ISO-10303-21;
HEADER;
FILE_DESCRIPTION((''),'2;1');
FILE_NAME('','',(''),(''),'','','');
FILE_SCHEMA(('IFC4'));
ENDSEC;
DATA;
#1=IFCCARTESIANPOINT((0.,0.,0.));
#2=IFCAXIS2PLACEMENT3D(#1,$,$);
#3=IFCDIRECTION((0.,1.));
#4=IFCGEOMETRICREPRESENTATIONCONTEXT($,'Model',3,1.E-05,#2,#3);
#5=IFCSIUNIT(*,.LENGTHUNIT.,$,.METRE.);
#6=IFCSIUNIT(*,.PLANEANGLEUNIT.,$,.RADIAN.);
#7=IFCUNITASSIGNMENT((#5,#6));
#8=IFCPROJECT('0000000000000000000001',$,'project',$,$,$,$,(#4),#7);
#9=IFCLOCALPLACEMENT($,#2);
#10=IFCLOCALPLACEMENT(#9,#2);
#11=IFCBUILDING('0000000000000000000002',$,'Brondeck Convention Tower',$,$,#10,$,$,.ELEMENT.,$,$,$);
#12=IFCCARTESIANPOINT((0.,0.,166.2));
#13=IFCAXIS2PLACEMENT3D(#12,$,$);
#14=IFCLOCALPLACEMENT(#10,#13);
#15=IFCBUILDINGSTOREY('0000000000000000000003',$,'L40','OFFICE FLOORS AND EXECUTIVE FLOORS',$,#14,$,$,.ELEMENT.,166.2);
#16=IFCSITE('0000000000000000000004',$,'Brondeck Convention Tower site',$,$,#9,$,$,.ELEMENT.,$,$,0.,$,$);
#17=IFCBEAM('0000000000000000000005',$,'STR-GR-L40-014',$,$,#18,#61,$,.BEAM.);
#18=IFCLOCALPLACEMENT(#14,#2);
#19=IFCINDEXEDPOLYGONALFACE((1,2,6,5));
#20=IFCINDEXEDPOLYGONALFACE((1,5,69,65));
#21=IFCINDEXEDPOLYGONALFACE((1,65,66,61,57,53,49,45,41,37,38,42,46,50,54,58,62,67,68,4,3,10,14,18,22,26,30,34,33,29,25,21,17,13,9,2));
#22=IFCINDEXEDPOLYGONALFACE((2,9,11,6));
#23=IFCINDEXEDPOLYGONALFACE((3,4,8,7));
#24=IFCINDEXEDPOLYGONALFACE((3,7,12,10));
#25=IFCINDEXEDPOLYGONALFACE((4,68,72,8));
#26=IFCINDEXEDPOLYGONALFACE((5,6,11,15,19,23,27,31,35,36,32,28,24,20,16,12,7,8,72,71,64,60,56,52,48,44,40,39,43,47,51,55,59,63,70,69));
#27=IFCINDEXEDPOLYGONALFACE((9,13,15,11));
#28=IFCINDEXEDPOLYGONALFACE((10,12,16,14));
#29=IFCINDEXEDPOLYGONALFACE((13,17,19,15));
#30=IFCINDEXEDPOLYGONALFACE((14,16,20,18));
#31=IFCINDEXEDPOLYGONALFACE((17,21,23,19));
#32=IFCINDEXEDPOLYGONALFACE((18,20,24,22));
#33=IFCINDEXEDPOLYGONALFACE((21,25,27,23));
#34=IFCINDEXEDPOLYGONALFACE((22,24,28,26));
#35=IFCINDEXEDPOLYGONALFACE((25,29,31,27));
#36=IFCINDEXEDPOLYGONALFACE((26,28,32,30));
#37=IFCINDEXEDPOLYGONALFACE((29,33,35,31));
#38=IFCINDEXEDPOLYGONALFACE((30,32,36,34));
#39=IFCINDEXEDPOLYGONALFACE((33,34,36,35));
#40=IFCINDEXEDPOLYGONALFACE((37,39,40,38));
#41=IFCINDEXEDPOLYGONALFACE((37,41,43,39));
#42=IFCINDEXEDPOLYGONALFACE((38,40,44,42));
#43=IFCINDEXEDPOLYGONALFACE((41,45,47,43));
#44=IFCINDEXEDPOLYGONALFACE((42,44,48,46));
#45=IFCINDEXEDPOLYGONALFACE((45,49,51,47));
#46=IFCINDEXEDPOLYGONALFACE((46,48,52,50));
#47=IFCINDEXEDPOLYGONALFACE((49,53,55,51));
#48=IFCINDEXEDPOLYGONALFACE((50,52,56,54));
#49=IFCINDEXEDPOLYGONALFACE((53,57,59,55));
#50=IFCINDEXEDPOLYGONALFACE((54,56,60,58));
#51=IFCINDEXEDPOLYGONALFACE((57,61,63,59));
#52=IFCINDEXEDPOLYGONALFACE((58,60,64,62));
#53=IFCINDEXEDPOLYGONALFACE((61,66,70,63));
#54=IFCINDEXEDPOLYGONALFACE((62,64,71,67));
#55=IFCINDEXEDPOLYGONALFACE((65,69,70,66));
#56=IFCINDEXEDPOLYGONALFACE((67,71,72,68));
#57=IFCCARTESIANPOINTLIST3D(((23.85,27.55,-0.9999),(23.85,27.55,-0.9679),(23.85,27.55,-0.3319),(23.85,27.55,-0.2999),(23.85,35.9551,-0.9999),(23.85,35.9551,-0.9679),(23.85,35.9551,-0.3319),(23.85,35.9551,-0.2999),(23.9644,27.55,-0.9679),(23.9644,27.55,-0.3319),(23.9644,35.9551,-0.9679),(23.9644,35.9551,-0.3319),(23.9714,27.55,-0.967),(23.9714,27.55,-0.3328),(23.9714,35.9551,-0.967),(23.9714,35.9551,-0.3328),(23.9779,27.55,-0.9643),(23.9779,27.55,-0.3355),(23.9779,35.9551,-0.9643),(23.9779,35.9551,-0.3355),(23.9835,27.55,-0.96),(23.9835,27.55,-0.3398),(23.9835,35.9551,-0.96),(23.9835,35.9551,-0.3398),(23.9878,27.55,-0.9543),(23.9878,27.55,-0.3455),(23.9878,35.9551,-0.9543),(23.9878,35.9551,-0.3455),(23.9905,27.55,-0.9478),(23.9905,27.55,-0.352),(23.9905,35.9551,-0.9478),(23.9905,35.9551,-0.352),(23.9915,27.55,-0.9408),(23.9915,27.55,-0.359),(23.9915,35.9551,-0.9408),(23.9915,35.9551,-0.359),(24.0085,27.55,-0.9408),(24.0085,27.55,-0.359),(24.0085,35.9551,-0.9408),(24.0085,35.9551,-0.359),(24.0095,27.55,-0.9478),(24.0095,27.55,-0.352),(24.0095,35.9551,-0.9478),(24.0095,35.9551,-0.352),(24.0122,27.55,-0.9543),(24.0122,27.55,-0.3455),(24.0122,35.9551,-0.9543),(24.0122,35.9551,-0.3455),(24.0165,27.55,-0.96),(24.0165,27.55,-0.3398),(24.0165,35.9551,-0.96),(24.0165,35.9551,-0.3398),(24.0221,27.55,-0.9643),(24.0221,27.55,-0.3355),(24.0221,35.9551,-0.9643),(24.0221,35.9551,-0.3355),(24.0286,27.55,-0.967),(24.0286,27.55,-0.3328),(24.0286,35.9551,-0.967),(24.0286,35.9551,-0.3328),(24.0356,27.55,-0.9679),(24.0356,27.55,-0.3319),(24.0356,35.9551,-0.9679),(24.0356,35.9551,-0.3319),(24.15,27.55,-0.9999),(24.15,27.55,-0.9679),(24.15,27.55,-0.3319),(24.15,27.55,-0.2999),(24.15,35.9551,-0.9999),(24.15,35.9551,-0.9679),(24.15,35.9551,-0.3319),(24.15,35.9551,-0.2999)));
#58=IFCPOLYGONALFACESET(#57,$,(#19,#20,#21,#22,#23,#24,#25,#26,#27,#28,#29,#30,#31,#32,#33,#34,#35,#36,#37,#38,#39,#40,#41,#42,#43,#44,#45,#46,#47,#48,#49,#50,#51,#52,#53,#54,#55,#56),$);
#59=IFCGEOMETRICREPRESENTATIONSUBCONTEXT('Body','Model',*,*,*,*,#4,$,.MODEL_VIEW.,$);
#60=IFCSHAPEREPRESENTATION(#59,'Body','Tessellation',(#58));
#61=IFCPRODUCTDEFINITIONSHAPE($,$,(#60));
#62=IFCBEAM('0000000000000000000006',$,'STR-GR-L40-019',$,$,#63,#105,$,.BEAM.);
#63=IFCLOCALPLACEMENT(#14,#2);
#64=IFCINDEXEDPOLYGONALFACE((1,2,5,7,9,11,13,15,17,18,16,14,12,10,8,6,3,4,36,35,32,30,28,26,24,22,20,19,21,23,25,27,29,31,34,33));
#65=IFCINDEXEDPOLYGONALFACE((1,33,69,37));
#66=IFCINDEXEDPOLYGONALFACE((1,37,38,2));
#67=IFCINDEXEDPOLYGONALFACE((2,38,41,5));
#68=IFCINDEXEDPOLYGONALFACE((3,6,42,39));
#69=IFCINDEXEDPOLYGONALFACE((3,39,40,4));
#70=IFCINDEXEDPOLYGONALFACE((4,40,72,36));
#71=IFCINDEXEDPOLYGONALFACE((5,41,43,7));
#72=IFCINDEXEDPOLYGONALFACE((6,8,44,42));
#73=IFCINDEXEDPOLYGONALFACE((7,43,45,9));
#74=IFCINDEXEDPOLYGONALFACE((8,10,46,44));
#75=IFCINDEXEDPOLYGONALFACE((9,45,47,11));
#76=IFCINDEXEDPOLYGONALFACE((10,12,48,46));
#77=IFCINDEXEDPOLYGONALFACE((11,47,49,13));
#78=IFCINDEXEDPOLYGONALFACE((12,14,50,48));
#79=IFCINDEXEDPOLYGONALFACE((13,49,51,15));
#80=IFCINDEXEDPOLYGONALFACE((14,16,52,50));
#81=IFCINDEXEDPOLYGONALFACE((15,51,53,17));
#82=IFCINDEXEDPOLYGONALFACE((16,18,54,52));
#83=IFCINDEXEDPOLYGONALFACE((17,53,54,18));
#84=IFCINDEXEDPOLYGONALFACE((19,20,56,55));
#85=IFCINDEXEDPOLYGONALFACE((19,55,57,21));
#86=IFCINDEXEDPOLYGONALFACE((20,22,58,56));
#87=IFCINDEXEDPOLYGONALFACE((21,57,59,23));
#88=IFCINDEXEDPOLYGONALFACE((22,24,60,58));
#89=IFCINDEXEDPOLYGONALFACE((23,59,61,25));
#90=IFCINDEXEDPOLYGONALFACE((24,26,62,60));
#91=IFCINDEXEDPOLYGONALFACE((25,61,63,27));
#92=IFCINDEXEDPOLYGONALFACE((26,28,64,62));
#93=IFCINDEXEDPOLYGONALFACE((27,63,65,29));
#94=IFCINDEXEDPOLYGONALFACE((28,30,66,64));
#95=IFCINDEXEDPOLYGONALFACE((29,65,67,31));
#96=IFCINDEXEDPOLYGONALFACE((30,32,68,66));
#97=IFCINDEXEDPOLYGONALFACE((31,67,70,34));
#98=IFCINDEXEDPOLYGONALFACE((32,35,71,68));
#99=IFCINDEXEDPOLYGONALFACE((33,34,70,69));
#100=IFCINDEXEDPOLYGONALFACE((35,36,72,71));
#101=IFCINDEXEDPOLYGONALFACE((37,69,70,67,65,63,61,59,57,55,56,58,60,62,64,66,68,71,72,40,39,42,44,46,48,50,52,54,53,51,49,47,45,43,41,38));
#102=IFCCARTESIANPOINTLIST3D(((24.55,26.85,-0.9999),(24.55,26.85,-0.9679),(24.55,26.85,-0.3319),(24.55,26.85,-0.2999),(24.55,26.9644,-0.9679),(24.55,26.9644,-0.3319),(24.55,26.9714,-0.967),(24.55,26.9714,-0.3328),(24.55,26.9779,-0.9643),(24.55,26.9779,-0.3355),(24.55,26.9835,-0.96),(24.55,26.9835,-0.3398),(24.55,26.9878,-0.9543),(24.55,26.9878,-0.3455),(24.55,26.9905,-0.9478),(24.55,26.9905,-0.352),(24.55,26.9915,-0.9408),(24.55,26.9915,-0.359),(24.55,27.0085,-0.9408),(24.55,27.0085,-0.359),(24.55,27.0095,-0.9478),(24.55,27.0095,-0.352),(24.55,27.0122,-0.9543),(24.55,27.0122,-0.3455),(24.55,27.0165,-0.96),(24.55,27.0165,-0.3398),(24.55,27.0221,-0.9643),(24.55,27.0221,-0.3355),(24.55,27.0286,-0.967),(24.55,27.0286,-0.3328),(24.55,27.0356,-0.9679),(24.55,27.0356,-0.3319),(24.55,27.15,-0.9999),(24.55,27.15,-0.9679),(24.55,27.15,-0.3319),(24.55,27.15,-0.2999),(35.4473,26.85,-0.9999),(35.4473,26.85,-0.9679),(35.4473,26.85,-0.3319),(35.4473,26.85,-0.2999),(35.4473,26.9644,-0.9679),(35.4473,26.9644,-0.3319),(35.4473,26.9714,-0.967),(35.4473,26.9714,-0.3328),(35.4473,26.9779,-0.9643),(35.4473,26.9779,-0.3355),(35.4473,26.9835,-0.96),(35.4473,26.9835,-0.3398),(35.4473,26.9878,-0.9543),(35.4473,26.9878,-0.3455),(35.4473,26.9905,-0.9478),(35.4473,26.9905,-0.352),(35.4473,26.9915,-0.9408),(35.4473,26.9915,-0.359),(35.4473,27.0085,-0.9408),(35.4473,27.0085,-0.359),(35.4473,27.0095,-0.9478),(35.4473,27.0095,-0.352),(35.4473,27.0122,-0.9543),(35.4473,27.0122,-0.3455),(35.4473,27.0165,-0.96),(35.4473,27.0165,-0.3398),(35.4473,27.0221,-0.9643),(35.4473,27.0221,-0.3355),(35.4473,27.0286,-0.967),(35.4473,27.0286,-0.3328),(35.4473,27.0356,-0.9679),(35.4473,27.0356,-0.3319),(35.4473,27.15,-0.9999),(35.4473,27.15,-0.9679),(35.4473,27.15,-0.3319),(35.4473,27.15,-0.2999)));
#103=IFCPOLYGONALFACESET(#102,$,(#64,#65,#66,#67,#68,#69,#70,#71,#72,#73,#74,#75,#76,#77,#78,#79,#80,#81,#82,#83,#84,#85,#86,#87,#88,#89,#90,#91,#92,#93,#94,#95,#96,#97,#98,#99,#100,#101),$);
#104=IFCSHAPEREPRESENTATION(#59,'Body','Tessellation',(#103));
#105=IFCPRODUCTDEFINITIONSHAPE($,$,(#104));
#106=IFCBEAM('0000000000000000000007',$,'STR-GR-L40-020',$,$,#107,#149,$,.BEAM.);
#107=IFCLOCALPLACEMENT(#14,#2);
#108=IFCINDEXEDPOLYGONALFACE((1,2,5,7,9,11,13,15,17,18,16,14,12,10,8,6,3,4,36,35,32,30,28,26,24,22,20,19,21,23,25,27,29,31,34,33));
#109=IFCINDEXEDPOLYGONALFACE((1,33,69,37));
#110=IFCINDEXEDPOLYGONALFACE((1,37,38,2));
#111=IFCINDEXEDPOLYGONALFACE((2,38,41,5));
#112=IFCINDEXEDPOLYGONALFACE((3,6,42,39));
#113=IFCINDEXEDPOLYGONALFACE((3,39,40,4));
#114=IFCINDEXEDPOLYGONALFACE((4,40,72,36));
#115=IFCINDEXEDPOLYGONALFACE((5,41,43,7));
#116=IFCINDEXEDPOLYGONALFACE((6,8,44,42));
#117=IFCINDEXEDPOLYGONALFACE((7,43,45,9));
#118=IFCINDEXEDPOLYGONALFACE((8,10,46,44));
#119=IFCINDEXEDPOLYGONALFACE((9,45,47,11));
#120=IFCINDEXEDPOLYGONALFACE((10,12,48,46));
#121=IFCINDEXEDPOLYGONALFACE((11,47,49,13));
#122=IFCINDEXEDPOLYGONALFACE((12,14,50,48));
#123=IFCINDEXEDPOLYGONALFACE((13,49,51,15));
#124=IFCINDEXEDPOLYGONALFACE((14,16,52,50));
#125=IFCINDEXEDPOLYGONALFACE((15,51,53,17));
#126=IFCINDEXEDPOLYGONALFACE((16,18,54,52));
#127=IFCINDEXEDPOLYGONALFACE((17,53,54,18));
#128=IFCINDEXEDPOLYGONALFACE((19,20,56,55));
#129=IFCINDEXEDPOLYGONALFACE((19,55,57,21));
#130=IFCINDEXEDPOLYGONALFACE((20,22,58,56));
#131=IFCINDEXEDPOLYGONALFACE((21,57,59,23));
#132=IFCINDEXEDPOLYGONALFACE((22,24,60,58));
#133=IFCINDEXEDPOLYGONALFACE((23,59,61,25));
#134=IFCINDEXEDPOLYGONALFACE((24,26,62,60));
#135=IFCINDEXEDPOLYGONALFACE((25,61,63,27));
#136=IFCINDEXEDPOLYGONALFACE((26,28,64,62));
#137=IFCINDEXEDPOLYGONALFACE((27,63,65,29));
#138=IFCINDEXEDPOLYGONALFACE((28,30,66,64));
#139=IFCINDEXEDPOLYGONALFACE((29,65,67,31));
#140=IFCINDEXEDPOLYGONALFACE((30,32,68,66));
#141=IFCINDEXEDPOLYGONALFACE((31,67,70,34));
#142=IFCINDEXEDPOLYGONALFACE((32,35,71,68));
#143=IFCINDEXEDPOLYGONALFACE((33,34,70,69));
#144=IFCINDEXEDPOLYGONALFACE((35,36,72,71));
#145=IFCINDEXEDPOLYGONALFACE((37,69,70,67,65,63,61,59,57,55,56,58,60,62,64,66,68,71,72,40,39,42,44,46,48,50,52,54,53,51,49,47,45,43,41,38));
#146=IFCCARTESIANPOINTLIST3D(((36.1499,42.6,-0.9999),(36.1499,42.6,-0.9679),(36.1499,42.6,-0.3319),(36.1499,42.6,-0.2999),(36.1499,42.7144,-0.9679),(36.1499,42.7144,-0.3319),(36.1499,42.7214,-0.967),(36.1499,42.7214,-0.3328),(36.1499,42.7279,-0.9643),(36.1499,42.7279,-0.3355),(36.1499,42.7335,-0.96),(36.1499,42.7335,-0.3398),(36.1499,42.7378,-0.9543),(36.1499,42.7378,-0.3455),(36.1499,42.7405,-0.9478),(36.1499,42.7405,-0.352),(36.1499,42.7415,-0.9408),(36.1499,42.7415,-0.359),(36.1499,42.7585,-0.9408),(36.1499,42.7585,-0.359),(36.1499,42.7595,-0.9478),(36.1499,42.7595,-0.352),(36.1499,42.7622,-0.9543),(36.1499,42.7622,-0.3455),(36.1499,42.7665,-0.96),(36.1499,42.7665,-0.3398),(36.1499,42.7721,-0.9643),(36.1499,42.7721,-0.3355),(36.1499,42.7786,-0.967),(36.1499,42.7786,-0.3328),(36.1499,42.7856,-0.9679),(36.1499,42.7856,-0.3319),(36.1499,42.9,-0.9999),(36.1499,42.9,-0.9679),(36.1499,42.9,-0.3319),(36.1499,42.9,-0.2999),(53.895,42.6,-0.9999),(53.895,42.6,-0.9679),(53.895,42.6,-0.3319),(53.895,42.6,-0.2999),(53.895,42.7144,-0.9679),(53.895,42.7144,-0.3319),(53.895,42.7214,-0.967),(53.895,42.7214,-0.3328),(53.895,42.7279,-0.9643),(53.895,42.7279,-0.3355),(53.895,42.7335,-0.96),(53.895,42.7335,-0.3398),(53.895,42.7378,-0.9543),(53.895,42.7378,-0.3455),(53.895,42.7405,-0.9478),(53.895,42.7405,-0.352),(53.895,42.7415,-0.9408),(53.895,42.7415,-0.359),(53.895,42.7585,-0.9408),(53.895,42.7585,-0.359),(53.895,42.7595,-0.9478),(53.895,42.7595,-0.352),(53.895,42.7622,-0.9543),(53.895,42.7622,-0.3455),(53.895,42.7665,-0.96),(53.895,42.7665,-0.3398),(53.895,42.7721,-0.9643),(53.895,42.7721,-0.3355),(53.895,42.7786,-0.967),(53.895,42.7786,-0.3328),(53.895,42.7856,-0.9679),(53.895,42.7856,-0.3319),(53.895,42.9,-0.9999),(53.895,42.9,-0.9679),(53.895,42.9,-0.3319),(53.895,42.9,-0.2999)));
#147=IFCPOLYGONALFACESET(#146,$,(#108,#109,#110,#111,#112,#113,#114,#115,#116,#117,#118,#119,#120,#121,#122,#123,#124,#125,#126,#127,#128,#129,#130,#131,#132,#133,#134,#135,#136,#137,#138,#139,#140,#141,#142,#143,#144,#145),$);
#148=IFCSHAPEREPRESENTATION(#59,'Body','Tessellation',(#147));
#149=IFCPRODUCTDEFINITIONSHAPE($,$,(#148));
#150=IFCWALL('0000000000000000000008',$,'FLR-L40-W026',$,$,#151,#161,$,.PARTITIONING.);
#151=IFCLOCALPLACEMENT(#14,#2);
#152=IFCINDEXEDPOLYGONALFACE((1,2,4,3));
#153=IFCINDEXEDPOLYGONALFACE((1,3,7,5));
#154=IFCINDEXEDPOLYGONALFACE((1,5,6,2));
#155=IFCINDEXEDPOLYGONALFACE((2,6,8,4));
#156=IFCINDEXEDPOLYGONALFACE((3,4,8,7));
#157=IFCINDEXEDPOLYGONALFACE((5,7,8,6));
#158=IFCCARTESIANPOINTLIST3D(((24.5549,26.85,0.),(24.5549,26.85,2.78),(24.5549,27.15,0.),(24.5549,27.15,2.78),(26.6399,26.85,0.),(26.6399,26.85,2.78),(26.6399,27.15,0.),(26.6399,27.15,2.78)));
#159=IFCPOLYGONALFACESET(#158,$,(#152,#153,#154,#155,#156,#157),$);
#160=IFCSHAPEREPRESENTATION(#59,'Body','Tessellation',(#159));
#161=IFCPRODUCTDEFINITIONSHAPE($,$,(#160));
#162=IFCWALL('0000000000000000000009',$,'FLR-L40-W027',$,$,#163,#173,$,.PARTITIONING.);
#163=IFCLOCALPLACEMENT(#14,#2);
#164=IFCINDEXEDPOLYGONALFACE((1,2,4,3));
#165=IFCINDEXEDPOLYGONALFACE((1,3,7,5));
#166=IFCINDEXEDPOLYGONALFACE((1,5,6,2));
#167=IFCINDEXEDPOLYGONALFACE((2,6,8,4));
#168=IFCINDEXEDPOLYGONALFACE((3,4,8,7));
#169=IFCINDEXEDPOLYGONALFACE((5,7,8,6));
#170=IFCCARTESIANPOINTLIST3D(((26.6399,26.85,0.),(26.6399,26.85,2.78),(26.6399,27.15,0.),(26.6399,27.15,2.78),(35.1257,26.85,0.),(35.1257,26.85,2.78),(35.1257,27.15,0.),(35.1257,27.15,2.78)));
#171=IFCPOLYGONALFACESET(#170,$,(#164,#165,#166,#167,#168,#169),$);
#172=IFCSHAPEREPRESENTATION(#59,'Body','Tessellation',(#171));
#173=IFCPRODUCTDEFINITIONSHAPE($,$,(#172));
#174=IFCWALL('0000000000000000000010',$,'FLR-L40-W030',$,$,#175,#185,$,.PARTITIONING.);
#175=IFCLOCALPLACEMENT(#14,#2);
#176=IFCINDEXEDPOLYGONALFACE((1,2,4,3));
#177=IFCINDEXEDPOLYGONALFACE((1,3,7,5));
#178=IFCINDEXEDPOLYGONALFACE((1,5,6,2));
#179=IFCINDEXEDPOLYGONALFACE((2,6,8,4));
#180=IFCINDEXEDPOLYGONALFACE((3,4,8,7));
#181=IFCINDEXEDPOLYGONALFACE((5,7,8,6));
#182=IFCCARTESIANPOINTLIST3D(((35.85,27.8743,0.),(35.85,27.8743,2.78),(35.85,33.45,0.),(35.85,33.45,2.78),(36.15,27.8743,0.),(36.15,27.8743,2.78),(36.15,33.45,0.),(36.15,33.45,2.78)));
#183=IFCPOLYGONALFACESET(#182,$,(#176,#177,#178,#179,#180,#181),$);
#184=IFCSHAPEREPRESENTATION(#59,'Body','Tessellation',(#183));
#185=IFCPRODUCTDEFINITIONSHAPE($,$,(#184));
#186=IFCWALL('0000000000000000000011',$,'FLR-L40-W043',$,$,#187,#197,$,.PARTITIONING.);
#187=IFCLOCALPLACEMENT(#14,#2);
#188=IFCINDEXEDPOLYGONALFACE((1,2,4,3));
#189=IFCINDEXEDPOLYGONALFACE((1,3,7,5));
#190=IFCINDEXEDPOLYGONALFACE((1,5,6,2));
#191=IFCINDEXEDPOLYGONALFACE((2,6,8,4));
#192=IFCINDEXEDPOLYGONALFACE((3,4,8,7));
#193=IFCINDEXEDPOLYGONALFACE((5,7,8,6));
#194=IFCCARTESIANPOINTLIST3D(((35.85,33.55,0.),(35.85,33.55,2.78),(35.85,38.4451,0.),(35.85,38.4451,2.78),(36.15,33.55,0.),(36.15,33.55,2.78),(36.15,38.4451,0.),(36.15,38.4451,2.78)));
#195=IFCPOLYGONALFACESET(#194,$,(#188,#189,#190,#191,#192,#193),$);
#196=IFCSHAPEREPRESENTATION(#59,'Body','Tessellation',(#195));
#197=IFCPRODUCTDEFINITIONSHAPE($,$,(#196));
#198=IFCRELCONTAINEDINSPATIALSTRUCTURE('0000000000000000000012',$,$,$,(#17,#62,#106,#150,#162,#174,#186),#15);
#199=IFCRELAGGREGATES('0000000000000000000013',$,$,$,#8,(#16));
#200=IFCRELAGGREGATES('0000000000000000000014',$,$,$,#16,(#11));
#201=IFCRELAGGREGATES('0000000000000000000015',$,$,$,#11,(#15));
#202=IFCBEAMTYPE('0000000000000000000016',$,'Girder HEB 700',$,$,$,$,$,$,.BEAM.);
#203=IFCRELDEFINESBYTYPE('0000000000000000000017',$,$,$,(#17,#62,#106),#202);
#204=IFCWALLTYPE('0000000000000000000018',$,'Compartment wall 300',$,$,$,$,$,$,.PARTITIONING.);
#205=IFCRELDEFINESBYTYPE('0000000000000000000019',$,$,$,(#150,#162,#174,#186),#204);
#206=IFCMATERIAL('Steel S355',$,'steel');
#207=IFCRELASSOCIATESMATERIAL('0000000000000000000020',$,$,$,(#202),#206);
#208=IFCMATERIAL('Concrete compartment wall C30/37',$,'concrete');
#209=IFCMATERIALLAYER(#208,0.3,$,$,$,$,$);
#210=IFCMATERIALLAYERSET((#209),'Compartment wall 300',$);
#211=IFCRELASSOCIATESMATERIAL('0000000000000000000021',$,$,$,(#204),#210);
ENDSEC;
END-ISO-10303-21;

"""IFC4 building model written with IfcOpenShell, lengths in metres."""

from ifc_helpers import new_model, si_unit, direction, frame, frame_2d, origin, origin_2d, place, context, subcontext, project, spatial, rectangle, i_section, extrude, material, layer, layer_set, material_profile, profile_set, type_object, element, save


model = new_model("IFC4")

# Units and contexts
model_context = context("Model", 3, precision=1e-05, world=origin(), true_north=direction((0.0, 1.0)))
body_context = subcontext(model_context, "Body", "Model", "MODEL_VIEW")
ifc_project = project(units=[si_unit("LENGTHUNIT", "METRE"), si_unit("PLANEANGLEUNIT", "RADIAN")], contexts=[model_context])

# Site, building, storey
site_placement = place(None, origin())
site = spatial("IfcSite", under=ifc_project, at=site_placement, Name="Brondeck Convention Tower site", CompositionType="ELEMENT", RefElevation=0.0)
building_placement = place(site_placement, origin())
building = spatial("IfcBuilding", under=site, at=building_placement, Name="Brondeck Convention Tower", CompositionType="ELEMENT")
storey_placement = place(building_placement, frame((0.0, 0.0, 166.2)))
storey = spatial("IfcBuildingStorey", under=building, at=storey_placement, Name="L40", Description="OFFICE FLOORS AND EXECUTIVE FLOORS", CompositionType="ELEMENT", Elevation=166.2)

# Beams
ifc_material_1 = material(Name="Steel S355", Category="steel")
ifc_material_profile_1 = material_profile(ifc_material_1, i_section(OverallWidth=0.3, OverallDepth=0.7, WebThickness=0.0171, FlangeThickness=0.032, FilletRadius=0.0271, at=origin_2d()), Name="HEB 700")
ifc_profile_set_1 = profile_set([ifc_material_profile_1], Name="Steel S355")
beam_type = type_object("IfcBeamType", Name="Girder HEB 700", PredefinedType="BEAM", material=ifc_profile_set_1)
beam_1_placement = place(storey_placement, frame((24.0, 35.9551, -0.6499), z_axis=(0.0, -1.0, 0.0), x_axis=(1.0, 0.0, 0.0)))
element("IfcBeam", 1, at=beam_1_placement, inside=storey, type_object=beam_type, Name="STR-GR-L40-014", PredefinedType="BEAM", context=body_context, shape_type="SweptSolid", body=[
    extrude(i_section(OverallWidth=0.3, OverallDepth=0.7, WebThickness=0.0171, FlangeThickness=0.032, FilletRadius=0.0271, at=origin_2d()), origin(), (0.0, 0.0, 1.0), 8.405),
])
beam_2_placement = place(storey_placement, frame((24.55, 27.0, -0.6499), z_axis=(1.0, 0.0, 0.0), x_axis=(0.0, 1.0, 0.0)))
element("IfcBeam", 2, at=beam_2_placement, inside=storey, type_object=beam_type, Name="STR-GR-L40-019", PredefinedType="BEAM", context=body_context, shape_type="SweptSolid", body=[
    extrude(i_section(OverallWidth=0.3, OverallDepth=0.7, WebThickness=0.0171, FlangeThickness=0.032, FilletRadius=0.0271, at=origin_2d()), origin(), (0.0, 0.0, 1.0), 10.8972),
])
beam_3_placement = place(storey_placement, frame((36.1499, 42.75, -0.6499), z_axis=(1.0, 0.0, 0.0), x_axis=(0.0, 1.0, 0.0)))
element("IfcBeam", 3, at=beam_3_placement, inside=storey, type_object=beam_type, Name="STR-GR-L40-020", PredefinedType="BEAM", context=body_context, shape_type="SweptSolid", body=[
    extrude(i_section(OverallWidth=0.3, OverallDepth=0.7, WebThickness=0.0171, FlangeThickness=0.032, FilletRadius=0.0271, at=origin_2d()), origin(), (0.0, 0.0, 1.0), 17.7451),
])

# Walls
ifc_material_2 = material(Name="Concrete compartment wall C30/37", Category="concrete")
ifc_layer_1 = layer(ifc_material_2, 0.3)
ifc_layer_set_1 = layer_set([ifc_layer_1], Name="Compartment wall 300")
wall_type_1 = type_object("IfcWallType", Name="Compartment wall 300", PredefinedType="PARTITIONING", material=ifc_layer_set_1)
wall_1_placement = place(storey_placement, frame((24.5549, 27.0, 0.0), z_axis=(0.0, 0.0, 1.0), x_axis=(1.0, 0.0, 0.0)))
element("IfcWall", 4, at=wall_1_placement, inside=storey, type_object=wall_type_1, Name="FLR-L40-W026", PredefinedType="PARTITIONING", context=body_context, shape_type="SweptSolid", body=[
    extrude(rectangle(XDim=2.085, YDim=0.3, at=frame_2d((1.0425, 0.0))), origin(), (0.0, 0.0, 1.0), 2.78),
])
wall_2_placement = place(storey_placement, frame((26.6399, 27.0, 0.0), z_axis=(0.0, 0.0, 1.0), x_axis=(1.0, 0.0, 0.0)))
element("IfcWall", 5, at=wall_2_placement, inside=storey, type_object=wall_type_1, Name="FLR-L40-W027", PredefinedType="PARTITIONING", context=body_context, shape_type="SweptSolid", body=[
    extrude(rectangle(XDim=8.4858, YDim=0.3, at=frame_2d((4.2429, 0.0))), origin(), (0.0, 0.0, 1.0), 2.78),
])
wall_3_placement = place(storey_placement, frame((36.0, 27.8743, 0.0), z_axis=(0.0, 0.0, 1.0), x_axis=(0.0, 1.0, 0.0)))
element("IfcWall", 6, at=wall_3_placement, inside=storey, type_object=wall_type_1, Name="FLR-L40-W030", PredefinedType="PARTITIONING", context=body_context, shape_type="SweptSolid", body=[
    extrude(rectangle(XDim=5.5757, YDim=0.3, at=frame_2d((2.7878, 0.0))), origin(), (0.0, 0.0, 1.0), 2.78),
])
wall_4_placement = place(storey_placement, frame((36.0, 33.55, 0.0), z_axis=(0.0, 0.0, 1.0), x_axis=(0.0, 1.0, 0.0)))
element("IfcWall", 7, at=wall_4_placement, inside=storey, type_object=wall_type_1, Name="FLR-L40-W043", PredefinedType="PARTITIONING", context=body_context, shape_type="SweptSolid", body=[
    extrude(rectangle(XDim=4.895, YDim=0.3, at=frame_2d((2.4475, 0.0))), origin(), (0.0, 0.0, 1.0), 2.78),
])

save(model, "model.ifc")
